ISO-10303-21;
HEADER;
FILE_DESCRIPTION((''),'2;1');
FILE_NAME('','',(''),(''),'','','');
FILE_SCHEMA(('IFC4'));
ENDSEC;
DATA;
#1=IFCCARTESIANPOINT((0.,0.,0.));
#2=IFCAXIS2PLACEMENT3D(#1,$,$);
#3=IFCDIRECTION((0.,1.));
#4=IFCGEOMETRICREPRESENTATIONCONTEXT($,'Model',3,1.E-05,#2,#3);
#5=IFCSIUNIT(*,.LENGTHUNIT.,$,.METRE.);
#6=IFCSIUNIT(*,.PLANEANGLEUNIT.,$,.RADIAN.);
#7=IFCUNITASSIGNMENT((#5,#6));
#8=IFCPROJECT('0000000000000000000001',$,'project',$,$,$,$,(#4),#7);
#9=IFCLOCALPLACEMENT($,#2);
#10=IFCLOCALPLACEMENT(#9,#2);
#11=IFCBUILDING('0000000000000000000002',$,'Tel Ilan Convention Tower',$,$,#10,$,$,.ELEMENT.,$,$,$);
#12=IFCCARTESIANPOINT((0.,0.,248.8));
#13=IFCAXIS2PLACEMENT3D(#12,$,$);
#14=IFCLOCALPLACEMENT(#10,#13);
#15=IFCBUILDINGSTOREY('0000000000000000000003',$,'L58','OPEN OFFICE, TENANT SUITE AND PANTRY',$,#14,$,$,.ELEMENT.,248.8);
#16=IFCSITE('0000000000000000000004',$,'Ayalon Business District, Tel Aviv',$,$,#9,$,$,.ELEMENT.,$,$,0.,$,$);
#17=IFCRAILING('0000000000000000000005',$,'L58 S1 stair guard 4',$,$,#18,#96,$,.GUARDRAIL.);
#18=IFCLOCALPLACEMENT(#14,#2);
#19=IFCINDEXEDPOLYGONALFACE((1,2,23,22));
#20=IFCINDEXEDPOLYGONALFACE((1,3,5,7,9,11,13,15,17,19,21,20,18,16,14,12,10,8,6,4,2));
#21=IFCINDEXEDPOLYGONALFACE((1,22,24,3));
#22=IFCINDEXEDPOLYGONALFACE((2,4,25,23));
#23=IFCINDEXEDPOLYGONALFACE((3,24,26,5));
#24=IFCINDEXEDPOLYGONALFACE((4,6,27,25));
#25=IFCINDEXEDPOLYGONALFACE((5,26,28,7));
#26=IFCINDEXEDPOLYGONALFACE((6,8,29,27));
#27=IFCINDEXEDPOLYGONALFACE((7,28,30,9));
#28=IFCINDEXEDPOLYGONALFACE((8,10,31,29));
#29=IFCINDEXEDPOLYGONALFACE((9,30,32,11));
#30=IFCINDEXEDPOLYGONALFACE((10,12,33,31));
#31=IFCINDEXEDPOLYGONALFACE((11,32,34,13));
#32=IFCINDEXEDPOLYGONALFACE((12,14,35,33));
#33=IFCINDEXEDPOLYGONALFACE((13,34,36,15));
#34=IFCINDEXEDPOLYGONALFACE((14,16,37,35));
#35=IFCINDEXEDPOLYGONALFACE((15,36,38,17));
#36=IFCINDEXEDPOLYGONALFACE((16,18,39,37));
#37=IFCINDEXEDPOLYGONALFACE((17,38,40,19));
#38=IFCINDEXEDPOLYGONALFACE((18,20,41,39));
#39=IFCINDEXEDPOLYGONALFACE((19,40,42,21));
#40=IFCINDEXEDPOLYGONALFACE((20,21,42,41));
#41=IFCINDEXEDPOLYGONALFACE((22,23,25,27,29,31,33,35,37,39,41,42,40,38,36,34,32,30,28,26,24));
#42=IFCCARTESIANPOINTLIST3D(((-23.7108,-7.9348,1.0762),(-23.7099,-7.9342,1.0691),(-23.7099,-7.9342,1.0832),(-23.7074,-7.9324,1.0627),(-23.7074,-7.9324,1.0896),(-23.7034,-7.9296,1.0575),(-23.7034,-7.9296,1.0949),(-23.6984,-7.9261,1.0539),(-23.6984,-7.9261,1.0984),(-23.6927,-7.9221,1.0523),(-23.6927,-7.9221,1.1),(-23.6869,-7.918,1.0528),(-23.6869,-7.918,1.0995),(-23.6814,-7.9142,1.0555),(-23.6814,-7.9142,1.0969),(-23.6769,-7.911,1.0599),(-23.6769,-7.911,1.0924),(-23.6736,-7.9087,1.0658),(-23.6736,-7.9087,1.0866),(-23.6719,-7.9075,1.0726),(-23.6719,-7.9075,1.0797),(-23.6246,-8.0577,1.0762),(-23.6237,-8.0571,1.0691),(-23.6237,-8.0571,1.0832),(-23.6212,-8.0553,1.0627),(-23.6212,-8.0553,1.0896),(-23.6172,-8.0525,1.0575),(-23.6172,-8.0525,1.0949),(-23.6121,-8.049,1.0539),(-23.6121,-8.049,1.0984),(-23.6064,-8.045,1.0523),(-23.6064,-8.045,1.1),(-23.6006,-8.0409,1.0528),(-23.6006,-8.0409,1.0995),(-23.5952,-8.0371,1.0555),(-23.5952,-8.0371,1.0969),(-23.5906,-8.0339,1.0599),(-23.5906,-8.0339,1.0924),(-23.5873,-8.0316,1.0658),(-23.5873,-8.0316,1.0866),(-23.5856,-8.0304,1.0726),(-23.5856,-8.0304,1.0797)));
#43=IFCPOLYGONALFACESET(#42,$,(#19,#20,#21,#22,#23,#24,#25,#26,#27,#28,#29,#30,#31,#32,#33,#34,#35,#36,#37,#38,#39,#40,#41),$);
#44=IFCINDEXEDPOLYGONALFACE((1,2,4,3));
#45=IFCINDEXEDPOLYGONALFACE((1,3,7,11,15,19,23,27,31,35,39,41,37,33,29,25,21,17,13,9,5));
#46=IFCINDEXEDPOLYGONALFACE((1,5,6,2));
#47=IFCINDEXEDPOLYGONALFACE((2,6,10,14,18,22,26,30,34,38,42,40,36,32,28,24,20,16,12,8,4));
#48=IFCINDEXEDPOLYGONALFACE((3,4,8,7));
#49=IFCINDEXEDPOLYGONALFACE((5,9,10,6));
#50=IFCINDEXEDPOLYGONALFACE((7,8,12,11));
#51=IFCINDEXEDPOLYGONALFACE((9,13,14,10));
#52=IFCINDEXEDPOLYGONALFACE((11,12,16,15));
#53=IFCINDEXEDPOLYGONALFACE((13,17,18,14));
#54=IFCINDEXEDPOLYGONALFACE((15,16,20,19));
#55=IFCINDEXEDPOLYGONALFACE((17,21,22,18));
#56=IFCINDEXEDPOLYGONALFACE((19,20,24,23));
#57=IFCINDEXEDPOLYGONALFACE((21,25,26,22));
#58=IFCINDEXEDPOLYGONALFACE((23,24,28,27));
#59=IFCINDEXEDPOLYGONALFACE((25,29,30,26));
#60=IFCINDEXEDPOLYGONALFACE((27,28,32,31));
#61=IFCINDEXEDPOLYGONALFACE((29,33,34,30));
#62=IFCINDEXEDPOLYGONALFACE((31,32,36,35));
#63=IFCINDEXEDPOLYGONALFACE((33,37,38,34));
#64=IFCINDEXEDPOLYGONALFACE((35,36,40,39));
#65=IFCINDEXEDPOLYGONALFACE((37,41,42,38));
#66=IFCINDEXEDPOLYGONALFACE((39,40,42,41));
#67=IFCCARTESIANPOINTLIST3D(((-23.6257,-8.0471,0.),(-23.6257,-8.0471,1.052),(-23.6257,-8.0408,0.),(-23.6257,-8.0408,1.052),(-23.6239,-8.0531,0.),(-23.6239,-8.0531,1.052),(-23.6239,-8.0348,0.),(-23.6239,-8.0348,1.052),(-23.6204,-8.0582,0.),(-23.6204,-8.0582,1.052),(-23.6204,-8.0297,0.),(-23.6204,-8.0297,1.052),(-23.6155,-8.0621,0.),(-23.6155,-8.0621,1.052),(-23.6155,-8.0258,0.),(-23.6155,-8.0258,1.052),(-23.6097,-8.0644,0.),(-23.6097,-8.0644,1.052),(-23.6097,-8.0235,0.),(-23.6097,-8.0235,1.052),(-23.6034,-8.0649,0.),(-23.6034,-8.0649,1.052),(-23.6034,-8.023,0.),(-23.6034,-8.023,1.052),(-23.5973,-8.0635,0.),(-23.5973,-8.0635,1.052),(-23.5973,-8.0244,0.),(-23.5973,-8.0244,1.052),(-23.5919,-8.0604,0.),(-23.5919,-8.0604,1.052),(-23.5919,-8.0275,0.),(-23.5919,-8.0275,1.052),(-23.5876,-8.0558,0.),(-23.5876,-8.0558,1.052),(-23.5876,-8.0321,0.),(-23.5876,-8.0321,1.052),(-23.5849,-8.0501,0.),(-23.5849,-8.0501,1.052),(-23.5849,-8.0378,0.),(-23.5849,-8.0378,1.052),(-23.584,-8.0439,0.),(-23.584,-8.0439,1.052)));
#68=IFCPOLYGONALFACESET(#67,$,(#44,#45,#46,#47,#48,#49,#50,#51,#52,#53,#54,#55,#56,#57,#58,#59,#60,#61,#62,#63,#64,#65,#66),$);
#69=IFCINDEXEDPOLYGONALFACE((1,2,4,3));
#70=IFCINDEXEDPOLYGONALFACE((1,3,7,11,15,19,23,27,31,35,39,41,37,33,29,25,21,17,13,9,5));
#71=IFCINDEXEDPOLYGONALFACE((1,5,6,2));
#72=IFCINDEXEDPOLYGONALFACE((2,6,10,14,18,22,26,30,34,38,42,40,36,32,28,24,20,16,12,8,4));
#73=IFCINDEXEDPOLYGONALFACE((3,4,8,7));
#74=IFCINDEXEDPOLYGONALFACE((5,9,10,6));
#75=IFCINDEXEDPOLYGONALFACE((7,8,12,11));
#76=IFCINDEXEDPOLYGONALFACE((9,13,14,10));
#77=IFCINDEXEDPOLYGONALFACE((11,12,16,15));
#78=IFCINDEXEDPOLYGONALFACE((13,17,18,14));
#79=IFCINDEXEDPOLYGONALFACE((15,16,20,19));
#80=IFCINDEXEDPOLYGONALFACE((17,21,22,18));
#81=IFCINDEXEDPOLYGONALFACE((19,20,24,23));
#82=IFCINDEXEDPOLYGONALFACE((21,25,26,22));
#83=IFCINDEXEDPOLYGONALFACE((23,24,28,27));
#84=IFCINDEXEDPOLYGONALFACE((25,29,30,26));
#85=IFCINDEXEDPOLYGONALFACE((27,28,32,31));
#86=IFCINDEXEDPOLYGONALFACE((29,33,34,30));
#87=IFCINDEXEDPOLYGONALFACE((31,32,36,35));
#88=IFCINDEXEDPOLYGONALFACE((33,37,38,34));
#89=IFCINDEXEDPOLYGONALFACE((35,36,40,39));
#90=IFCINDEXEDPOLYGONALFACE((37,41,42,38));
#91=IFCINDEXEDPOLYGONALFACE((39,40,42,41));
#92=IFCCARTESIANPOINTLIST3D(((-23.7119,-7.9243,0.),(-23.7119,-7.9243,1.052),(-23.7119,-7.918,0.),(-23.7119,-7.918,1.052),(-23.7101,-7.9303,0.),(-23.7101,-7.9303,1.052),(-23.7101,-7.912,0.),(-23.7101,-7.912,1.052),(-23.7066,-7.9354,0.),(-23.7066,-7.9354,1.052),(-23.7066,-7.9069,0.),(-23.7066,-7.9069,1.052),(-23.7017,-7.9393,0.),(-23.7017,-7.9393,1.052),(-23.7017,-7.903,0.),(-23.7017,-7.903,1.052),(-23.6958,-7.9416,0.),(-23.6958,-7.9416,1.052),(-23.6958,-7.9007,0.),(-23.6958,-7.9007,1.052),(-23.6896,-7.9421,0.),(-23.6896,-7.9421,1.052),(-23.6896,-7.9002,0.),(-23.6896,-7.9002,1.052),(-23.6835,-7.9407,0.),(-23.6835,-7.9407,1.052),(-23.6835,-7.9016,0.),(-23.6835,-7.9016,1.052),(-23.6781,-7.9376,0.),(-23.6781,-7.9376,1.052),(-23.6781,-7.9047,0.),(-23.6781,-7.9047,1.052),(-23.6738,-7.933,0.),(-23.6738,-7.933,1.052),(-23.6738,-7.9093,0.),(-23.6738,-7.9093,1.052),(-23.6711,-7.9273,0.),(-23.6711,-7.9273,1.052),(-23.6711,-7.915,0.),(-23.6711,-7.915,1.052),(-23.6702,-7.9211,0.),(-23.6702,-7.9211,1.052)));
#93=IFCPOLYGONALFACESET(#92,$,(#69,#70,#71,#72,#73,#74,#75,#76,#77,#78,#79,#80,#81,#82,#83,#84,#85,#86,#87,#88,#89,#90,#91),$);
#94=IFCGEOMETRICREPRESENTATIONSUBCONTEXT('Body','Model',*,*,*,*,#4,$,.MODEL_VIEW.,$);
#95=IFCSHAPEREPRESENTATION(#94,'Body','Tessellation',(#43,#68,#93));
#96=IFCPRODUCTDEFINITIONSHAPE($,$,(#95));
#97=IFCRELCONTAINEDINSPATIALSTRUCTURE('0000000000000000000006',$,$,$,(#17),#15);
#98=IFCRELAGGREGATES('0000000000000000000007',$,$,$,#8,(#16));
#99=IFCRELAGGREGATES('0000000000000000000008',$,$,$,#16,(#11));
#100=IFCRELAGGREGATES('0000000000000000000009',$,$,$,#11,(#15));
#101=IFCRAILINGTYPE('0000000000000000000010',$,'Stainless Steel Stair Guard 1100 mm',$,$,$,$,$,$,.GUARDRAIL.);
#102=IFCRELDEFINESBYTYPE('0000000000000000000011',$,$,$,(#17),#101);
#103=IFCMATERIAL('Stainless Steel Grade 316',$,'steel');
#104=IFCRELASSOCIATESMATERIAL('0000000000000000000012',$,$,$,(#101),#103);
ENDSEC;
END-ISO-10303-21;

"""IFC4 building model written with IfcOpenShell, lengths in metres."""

from ifc_helpers import new_model, si_unit, direction, frame, origin, origin_2d, place, context, subcontext, project, spatial, circle, extrude, material, type_object, element, save


model = new_model("IFC4")

# Units and contexts
model_context = context("Model", 3, precision=1e-05, world=origin(), true_north=direction((0.0, 1.0)))
body_context = subcontext(model_context, "Body", "Model", "MODEL_VIEW")
ifc_project = project(units=[si_unit("LENGTHUNIT", "METRE"), si_unit("PLANEANGLEUNIT", "RADIAN")], contexts=[model_context])

# Site, building, storey
site_placement = place(None, origin())
site = spatial("IfcSite", under=ifc_project, at=site_placement, Name="Ayalon Business District, Tel Aviv", CompositionType="ELEMENT", RefElevation=0.0)
building_placement = place(site_placement, origin())
building = spatial("IfcBuilding", under=site, at=building_placement, Name="Tel Ilan Convention Tower", CompositionType="ELEMENT")
storey_placement = place(building_placement, frame((0.0, 0.0, 248.8)))
storey = spatial("IfcBuildingStorey", under=building, at=storey_placement, Name="L58", Description="OPEN OFFICE, TENANT SUITE AND PANTRY", CompositionType="ELEMENT", Elevation=248.8)

# Railing
ifc_material_1 = material(Name="Stainless Steel Grade 316", Category="steel")
railing_type = type_object("IfcRailingType", Name="Stainless Steel Stair Guard 1100 mm", PredefinedType="GUARDRAIL", material=ifc_material_1)
railing_1_placement = place(storey_placement, frame((-23.605, -8.0439, 0.0)))
element("IfcRailing", 1, at=railing_1_placement, inside=storey, type_object=railing_type, Name="L58 S1 stair guard 4", PredefinedType="GUARDRAIL", context=body_context, shape_type="SweptSolid", body=[
    extrude(circle(Radius=0.0239, at=origin_2d()), frame((0.0, 0.0, 1.0762), z_axis=(-0.574445, 0.818543, 0.0), x_axis=(-0.818543, -0.574445, 0.0)), (0.0, 0.0, 1.0), 0.1501),
    extrude(circle(Radius=0.021, at=origin_2d()), origin(), (0.0, 0.0, 1.0), 1.052),
    extrude(circle(Radius=0.021, at=origin_2d()), frame((-0.0862, 0.1228, 0.0)), (0.0, 0.0, 1.0), 1.052),
])

save(model, "model.ifc")
